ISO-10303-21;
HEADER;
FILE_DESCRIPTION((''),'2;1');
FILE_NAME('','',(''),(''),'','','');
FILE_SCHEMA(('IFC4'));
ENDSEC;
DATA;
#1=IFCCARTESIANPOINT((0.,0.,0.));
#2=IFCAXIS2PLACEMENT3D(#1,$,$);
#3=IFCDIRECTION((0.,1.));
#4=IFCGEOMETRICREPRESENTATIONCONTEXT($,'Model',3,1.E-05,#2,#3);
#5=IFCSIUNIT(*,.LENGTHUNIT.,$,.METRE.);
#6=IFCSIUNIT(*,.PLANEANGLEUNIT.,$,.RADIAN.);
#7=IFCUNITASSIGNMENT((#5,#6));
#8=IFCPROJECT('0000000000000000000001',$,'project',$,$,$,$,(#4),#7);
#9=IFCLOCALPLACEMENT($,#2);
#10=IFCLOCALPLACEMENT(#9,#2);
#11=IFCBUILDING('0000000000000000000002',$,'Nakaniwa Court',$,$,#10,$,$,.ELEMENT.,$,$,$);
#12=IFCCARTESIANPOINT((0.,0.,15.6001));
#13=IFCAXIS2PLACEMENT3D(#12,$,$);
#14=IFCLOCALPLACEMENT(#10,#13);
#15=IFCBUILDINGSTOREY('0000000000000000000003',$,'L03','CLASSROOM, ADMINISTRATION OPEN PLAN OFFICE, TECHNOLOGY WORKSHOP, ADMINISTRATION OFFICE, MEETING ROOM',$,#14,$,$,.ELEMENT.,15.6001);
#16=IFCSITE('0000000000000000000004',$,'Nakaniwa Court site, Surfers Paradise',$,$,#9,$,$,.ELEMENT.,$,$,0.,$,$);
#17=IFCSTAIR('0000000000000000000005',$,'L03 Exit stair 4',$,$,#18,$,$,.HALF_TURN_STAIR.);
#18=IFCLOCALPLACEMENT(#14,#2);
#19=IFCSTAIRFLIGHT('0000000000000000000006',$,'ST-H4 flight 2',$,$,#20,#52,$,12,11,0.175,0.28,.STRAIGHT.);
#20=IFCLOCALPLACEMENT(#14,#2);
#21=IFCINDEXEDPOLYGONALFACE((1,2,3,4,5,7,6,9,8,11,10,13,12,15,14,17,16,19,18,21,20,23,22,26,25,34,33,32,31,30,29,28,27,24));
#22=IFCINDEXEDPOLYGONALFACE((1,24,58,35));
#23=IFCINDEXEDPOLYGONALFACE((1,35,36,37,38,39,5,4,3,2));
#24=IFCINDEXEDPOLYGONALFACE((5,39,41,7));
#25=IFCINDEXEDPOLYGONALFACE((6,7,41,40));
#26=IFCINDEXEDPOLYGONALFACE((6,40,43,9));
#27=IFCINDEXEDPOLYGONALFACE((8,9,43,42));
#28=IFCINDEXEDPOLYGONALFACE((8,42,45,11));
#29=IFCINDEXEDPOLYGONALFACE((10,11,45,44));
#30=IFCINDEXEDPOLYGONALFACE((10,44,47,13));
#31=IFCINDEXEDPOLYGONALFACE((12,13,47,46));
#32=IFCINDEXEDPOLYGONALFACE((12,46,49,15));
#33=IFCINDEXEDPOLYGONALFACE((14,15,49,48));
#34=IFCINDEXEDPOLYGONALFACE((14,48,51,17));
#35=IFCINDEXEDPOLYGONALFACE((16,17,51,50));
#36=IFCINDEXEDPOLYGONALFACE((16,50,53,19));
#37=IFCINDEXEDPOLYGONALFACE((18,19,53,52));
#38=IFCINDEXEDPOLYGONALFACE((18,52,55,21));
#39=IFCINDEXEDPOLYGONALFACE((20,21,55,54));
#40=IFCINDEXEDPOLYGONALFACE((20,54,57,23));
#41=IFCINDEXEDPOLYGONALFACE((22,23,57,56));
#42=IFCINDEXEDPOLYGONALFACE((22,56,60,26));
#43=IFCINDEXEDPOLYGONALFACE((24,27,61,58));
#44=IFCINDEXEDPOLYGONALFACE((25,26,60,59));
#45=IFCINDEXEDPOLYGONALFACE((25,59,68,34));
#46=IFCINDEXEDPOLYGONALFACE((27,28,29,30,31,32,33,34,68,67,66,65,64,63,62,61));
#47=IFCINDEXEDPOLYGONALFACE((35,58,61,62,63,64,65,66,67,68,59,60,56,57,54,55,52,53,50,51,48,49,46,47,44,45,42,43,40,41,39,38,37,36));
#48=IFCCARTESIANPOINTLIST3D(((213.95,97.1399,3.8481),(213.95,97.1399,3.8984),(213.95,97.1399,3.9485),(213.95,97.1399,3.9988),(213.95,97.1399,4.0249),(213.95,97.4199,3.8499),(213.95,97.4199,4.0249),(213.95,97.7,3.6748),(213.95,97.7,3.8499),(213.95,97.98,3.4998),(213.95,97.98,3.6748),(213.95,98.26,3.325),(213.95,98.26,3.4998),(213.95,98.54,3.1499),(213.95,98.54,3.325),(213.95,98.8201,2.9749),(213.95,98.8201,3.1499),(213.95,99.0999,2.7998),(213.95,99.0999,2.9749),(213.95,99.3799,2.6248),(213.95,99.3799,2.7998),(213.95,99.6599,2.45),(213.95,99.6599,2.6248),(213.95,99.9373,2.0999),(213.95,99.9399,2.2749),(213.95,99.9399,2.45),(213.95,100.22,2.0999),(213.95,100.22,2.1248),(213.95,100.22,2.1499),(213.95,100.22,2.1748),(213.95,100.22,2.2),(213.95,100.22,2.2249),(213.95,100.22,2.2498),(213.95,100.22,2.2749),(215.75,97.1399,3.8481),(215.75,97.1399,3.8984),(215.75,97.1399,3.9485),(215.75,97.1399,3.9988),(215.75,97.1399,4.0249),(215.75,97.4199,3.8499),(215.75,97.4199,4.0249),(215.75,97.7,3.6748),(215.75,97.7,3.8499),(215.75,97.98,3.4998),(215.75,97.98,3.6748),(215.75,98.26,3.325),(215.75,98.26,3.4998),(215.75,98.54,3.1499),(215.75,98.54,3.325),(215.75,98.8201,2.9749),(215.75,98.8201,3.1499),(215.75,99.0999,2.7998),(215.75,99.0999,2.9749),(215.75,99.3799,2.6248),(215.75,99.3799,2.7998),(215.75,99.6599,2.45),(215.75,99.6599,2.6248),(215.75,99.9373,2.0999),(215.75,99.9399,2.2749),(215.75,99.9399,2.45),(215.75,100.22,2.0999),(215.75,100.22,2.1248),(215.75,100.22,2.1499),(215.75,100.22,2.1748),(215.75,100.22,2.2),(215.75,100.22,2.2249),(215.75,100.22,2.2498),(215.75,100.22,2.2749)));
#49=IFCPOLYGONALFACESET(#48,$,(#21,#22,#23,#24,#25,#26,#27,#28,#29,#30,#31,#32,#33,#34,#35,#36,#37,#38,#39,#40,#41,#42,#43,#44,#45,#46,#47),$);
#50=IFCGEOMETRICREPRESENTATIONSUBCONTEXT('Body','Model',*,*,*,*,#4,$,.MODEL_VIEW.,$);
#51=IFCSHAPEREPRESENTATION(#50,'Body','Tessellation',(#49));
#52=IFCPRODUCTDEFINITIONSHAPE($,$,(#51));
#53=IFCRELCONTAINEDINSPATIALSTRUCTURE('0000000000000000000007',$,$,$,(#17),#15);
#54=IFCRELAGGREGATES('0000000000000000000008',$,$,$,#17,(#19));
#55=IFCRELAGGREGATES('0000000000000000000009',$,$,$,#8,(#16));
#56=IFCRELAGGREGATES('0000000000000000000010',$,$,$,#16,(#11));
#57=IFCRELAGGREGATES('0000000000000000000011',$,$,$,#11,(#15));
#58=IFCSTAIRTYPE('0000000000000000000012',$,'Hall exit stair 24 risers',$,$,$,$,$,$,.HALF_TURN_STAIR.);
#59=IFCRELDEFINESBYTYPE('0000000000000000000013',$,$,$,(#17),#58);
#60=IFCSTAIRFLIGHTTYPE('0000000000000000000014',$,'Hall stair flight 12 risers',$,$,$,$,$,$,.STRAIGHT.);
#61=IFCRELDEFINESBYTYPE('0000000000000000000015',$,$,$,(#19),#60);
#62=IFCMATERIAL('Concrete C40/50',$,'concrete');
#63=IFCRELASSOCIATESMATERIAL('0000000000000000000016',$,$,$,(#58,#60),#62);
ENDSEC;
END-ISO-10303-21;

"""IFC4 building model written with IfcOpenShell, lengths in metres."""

from ifc_helpers import new_model, si_unit, direction, frame, origin, place, context, subcontext, project, spatial, polyline, outline, extrude, material, type_object, element, aggregate, save


model = new_model("IFC4")

# Units and contexts
model_context = context("Model", 3, precision=1e-05, world=origin(), true_north=direction((0.0, 1.0)))
body_context = subcontext(model_context, "Body", "Model", "MODEL_VIEW")
ifc_project = project(units=[si_unit("LENGTHUNIT", "METRE"), si_unit("PLANEANGLEUNIT", "RADIAN")], contexts=[model_context])

# Site, building, storey
site_placement = place(None, origin())
site = spatial("IfcSite", under=ifc_project, at=site_placement, Name="Nakaniwa Court site, Surfers Paradise", CompositionType="ELEMENT", RefElevation=0.0)
building_placement = place(site_placement, origin())
building = spatial("IfcBuilding", under=site, at=building_placement, Name="Nakaniwa Court", CompositionType="ELEMENT")
storey_placement = place(building_placement, frame((0.0, 0.0, 15.6001)))
storey = spatial("IfcBuildingStorey", under=building, at=storey_placement, Name="L03", Description="CLASSROOM, ADMINISTRATION OPEN PLAN OFFICE, TECHNOLOGY WORKSHOP, ADMINISTRATION OFFICE, MEETING ROOM", CompositionType="ELEMENT", Elevation=15.6001)

# Shared definitions
ifc_material_1 = material(Name="Concrete C40/50", Category="concrete")

# Stair, stair flight
stair_type = type_object("IfcStairType", Name="Hall exit stair 24 risers", PredefinedType="HALF_TURN_STAIR", material=ifc_material_1)
stair_placement = place(storey_placement, origin())
stair = element("IfcStair", 1, at=stair_placement, inside=storey, type_object=stair_type, Name="L03 Exit stair 4", PredefinedType="HALF_TURN_STAIR")
stair_flight_type = type_object("IfcStairFlightType", Name="Hall stair flight 12 risers", PredefinedType="STRAIGHT", material=ifc_material_1)
stair_flight_1_placement = place(storey_placement, frame((214.8501, 100.22, 2.0999), z_axis=(0.0, 0.0, 1.0), x_axis=(0.0, -1.0, 0.0)))
stair_flight_1 = element("IfcStairFlight", 2, at=stair_flight_1_placement, type_object=stair_flight_type, Name="ST-H4 flight 2", NumberOfRisers=12, NumberOfTreads=11, PredefinedType="STRAIGHT", RiserHeight=0.175, TreadLength=0.28, context=body_context, shape_type="SweptSolid", body=[
    extrude(outline(polyline([(0.0, 0.0), (0.0, 0.0249), (0.0, 0.05), (0.0, 0.075), (0.0, 0.1001), (0.0, 0.125), (0.0, 0.1499), (0.0, 0.175), (0.28, 0.175), (0.28, 0.3501), (0.5601, 0.3501), (0.5601, 0.5249), (0.8401, 0.5249), (0.8401, 0.7), (1.1201, 0.7), (1.1201, 0.875), (1.3999, 0.875), (1.3999, 1.05), (1.6799, 1.05), (1.6799, 1.2251), (1.96, 1.2251), (1.96, 1.3999), (2.24, 1.3999), (2.24, 1.575), (2.52, 1.575), (2.52, 1.75), (2.8, 1.75), (2.8, 1.925), (3.0801, 1.925), (3.0801, 2.1001), (3.0801, 2.0498), (3.0801, 1.9995), (3.0801, 1.9492), (3.0801, 1.8989), (3.0801, 1.8486), (3.0801, 1.7986), (3.0801, 1.7483), (0.2827, 0.0), (0.0, 0.0)])), frame((0.0, 0.8999, 0.0), z_axis=(0.0, -1.0, 0.0), x_axis=(1.0, 0.0, 0.0)), (0.0, 0.0, 1.0), 1.8),
])
aggregate(stair, [stair_flight_1])

save(model, "model.ifc")
